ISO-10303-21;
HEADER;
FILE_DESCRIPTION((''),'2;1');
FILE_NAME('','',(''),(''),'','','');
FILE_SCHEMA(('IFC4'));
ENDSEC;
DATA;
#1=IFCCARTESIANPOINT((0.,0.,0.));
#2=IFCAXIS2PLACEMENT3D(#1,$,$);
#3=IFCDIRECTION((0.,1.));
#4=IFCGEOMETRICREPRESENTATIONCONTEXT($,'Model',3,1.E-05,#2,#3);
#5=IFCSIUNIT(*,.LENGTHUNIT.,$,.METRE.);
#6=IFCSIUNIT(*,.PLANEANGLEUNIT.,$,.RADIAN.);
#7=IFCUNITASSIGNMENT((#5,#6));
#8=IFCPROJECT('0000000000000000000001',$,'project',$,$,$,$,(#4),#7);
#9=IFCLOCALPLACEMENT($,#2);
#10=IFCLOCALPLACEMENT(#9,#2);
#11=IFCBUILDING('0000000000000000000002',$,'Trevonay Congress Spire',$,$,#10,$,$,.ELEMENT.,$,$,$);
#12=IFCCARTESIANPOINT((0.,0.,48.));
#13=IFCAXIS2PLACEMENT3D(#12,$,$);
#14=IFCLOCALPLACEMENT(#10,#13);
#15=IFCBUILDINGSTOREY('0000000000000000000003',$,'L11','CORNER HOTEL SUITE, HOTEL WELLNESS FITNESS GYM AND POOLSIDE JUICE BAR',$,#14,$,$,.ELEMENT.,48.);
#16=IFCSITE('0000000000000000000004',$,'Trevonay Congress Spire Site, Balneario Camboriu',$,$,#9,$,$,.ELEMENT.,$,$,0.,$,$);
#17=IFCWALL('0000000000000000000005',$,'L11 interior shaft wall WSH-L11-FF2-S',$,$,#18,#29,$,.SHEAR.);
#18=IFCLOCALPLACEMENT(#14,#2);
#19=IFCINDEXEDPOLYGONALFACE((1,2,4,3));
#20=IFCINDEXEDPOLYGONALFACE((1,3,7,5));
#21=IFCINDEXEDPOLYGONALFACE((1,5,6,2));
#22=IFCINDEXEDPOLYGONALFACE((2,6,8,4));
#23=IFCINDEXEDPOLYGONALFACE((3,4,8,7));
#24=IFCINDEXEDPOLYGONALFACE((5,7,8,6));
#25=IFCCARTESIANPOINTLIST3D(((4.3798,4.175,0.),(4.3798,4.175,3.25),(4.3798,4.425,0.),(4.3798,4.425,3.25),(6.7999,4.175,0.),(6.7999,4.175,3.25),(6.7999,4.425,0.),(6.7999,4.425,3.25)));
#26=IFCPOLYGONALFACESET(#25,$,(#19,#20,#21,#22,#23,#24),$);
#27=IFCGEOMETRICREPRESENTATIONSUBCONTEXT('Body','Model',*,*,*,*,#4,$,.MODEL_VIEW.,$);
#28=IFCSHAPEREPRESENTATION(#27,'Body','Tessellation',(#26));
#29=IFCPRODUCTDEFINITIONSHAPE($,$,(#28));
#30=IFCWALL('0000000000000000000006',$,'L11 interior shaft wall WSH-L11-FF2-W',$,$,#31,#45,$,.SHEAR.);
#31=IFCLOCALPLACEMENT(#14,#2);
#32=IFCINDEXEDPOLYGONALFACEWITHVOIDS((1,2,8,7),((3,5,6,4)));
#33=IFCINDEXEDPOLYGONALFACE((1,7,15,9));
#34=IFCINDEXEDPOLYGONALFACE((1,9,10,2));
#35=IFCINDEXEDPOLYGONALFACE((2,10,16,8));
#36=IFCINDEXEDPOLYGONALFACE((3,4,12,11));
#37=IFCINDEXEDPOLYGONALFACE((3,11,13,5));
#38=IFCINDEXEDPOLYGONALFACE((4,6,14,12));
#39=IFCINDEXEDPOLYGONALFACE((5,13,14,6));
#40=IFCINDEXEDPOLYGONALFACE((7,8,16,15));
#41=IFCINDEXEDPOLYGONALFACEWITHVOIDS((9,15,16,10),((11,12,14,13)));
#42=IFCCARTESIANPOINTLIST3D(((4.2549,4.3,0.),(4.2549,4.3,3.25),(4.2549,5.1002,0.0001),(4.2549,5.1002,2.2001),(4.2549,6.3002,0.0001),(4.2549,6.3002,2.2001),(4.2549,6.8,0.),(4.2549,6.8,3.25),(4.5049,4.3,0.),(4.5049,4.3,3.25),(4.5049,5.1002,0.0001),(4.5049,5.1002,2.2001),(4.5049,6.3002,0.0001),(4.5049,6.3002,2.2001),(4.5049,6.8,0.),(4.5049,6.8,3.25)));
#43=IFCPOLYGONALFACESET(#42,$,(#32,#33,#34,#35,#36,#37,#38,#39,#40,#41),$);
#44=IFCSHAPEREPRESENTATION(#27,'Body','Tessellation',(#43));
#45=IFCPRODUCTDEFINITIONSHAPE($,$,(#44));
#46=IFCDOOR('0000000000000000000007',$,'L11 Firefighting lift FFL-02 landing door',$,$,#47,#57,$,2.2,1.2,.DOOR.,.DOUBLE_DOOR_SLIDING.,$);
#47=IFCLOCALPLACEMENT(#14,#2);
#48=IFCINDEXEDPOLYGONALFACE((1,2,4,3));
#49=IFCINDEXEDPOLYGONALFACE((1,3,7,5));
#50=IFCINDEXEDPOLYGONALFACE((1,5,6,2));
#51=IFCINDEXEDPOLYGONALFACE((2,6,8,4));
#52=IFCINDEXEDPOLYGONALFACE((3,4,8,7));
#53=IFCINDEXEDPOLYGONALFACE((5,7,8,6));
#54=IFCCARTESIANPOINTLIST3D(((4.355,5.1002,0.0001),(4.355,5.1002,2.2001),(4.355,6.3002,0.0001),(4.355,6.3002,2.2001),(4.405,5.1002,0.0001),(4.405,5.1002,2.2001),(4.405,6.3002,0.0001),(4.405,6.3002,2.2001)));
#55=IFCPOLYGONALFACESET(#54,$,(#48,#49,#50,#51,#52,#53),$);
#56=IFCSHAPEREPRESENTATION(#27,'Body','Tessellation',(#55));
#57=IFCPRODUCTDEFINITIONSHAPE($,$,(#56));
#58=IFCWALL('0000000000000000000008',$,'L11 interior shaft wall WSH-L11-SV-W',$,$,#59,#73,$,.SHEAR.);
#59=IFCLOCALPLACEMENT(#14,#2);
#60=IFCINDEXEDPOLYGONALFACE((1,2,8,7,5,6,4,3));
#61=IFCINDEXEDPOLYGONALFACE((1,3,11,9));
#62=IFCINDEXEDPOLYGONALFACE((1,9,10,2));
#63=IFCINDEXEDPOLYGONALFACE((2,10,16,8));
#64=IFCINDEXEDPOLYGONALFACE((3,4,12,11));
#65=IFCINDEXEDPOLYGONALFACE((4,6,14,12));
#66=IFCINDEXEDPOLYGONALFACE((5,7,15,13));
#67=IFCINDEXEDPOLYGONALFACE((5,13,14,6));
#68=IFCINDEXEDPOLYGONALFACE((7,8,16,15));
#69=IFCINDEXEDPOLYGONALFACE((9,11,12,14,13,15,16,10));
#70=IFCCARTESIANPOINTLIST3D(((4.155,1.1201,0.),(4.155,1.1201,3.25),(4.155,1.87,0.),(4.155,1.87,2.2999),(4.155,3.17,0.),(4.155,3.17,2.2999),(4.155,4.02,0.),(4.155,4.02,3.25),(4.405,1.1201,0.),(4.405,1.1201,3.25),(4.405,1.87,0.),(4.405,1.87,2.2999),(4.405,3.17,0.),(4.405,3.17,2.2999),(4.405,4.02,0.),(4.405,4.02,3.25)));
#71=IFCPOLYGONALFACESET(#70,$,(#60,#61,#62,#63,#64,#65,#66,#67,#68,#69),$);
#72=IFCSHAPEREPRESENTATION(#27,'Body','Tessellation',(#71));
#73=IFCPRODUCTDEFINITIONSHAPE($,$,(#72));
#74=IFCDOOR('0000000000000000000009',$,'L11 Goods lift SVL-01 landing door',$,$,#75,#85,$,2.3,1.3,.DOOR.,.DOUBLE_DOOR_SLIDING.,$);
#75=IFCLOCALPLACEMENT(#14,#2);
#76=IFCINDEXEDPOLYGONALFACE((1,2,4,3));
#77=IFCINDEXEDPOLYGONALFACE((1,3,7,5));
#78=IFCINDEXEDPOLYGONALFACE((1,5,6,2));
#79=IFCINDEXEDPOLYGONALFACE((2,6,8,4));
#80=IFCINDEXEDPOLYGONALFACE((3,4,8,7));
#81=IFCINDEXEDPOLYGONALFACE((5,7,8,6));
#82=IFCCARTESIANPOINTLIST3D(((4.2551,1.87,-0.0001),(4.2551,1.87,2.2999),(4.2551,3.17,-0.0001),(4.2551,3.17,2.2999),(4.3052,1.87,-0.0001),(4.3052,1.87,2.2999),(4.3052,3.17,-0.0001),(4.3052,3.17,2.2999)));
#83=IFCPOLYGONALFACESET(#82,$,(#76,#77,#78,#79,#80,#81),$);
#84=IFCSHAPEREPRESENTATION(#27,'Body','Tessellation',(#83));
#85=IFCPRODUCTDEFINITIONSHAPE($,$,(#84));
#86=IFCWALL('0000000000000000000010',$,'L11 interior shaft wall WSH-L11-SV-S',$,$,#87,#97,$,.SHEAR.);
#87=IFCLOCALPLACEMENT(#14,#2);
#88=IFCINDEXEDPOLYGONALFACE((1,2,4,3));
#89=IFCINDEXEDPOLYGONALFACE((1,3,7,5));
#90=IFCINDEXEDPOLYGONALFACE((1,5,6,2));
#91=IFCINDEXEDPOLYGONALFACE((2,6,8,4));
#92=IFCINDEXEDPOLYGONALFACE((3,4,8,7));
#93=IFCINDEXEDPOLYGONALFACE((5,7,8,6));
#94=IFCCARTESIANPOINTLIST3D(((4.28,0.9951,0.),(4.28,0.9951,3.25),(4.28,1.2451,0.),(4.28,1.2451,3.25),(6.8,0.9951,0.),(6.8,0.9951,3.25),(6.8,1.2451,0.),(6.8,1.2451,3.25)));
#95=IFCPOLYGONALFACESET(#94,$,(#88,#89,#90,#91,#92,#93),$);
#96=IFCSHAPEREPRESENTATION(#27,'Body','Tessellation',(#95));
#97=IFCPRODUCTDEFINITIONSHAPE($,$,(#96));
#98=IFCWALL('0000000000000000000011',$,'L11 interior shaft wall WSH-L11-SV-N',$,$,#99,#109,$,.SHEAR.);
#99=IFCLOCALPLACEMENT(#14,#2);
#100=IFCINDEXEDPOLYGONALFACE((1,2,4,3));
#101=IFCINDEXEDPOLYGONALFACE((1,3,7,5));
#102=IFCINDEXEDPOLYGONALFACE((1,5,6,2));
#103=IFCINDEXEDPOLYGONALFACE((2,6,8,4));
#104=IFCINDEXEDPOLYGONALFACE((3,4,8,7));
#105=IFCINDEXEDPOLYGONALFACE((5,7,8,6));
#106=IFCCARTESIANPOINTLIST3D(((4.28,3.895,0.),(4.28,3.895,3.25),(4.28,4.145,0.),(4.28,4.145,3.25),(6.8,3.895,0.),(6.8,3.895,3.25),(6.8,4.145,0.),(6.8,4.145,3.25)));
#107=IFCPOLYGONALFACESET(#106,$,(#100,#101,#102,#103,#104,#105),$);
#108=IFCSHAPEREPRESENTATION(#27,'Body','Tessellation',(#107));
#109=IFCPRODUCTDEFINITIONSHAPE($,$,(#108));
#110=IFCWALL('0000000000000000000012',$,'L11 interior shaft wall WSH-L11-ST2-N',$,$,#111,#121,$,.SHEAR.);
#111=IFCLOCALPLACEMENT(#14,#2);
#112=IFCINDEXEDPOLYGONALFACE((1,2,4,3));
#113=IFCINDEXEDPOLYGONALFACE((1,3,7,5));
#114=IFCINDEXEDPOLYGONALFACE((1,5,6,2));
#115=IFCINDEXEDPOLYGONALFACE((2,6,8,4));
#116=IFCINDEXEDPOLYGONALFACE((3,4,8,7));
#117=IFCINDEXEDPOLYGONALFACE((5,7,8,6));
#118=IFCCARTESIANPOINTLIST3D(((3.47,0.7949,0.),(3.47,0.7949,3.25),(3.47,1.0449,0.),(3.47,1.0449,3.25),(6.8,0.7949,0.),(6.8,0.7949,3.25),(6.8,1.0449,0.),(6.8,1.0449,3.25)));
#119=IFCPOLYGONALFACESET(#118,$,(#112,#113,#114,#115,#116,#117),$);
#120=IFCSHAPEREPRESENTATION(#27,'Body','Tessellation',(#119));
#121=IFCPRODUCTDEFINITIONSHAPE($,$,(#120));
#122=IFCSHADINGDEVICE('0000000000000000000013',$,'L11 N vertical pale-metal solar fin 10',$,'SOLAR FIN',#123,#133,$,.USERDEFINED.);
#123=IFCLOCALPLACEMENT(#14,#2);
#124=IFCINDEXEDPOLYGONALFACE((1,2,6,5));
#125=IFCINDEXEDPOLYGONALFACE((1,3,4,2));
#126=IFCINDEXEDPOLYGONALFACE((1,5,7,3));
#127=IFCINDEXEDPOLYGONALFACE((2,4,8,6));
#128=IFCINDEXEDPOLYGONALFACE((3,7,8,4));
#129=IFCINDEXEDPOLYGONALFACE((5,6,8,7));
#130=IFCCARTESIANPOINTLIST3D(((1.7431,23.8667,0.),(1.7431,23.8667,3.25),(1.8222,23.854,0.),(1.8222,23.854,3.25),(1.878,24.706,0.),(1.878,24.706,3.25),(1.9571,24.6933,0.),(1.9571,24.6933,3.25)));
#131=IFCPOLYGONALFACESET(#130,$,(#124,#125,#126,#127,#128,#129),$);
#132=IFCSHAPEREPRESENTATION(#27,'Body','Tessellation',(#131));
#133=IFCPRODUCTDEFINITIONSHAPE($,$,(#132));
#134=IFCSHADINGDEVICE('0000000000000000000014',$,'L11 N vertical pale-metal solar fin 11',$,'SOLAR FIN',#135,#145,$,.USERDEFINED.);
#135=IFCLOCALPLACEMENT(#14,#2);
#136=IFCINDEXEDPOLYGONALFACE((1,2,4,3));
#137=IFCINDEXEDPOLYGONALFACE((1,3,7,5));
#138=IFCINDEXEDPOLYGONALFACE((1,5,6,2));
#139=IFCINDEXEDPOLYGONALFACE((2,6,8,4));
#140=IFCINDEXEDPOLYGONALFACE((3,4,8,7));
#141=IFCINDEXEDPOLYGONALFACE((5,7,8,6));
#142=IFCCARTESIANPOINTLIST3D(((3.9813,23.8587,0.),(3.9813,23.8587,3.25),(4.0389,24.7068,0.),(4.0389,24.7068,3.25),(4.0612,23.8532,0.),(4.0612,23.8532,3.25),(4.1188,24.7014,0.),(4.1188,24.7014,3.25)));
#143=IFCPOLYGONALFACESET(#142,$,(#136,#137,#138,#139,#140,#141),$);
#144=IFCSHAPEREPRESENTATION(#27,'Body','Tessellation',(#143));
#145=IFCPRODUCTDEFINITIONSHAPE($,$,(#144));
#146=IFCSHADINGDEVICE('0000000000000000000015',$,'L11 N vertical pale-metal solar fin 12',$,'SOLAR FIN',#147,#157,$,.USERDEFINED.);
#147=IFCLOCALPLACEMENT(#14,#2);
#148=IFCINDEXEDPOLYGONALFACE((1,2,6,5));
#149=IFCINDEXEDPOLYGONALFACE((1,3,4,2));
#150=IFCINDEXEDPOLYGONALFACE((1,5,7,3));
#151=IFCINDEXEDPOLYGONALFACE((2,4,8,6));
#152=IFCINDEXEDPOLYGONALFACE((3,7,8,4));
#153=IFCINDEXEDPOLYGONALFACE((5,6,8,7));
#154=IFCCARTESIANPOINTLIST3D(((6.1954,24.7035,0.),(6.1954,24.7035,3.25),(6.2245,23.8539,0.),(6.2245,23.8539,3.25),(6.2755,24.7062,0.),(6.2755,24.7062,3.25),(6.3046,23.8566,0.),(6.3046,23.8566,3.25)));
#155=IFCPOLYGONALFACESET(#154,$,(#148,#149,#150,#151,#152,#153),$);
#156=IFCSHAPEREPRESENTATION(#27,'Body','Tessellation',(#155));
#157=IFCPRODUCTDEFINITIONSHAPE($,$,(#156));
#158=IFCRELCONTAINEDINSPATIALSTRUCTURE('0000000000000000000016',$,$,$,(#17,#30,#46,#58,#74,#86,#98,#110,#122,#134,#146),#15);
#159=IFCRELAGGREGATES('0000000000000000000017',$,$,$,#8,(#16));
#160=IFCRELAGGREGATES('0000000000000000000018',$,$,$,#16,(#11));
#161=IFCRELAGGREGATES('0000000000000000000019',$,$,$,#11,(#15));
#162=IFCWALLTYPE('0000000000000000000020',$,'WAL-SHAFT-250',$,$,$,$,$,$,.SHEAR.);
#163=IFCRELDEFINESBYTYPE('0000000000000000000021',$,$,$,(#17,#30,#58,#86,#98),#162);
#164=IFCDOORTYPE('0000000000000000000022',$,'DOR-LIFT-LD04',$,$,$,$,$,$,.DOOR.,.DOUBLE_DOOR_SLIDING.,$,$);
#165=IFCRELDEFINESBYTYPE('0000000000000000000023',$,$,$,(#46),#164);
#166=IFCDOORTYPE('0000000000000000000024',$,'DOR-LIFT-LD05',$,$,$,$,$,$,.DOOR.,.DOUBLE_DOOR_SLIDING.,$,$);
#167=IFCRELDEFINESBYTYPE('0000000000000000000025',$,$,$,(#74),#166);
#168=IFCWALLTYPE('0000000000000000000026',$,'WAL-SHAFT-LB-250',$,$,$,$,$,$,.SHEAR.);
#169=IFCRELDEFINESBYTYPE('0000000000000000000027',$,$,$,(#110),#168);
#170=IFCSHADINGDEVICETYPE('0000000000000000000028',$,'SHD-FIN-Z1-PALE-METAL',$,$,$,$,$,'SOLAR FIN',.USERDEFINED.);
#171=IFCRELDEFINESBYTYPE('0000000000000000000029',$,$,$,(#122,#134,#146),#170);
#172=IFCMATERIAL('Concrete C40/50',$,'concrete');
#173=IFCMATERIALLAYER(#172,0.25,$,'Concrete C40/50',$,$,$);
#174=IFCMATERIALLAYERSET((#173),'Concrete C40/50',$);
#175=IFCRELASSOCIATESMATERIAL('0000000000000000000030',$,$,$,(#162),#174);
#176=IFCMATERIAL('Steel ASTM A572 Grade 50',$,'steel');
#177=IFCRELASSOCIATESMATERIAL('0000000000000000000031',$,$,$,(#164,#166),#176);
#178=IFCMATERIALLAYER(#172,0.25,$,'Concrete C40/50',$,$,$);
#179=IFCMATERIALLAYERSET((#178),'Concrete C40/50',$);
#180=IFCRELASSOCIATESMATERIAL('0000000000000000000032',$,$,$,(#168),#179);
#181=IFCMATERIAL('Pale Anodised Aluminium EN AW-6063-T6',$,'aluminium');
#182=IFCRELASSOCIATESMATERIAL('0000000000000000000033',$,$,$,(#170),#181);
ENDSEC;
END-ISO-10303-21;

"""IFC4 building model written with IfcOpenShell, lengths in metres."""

from ifc_helpers import new_model, si_unit, direction, frame, frame_2d, origin, origin_2d, place, context, subcontext, project, spatial, rectangle, extrude, material, layer, layer_set, type_object, element, fill, save


model = new_model("IFC4")

# Units and contexts
model_context = context("Model", 3, precision=1e-05, world=origin(), true_north=direction((0.0, 1.0)))
body_context = subcontext(model_context, "Body", "Model", "MODEL_VIEW")
ifc_project = project(units=[si_unit("LENGTHUNIT", "METRE"), si_unit("PLANEANGLEUNIT", "RADIAN")], contexts=[model_context])

# Site, building, storey
site_placement = place(None, origin())
site = spatial("IfcSite", under=ifc_project, at=site_placement, Name="Trevonay Congress Spire Site, Balneario Camboriu", CompositionType="ELEMENT", RefElevation=0.0)
building_placement = place(site_placement, origin())
building = spatial("IfcBuilding", under=site, at=building_placement, Name="Trevonay Congress Spire", CompositionType="ELEMENT")
storey_placement = place(building_placement, frame((0.0, 0.0, 48.0)))
storey = spatial("IfcBuildingStorey", under=building, at=storey_placement, Name="L11", Description="CORNER HOTEL SUITE, HOTEL WELLNESS FITNESS GYM AND POOLSIDE JUICE BAR", CompositionType="ELEMENT", Elevation=48.0)

# Shared definitions
ifc_material_1 = material(Name="Steel ASTM A572 Grade 50", Category="steel")

# Shared definitions
ifc_material_2 = material(Name="Pale Anodised Aluminium EN AW-6063-T6", Category="aluminium")

# Shared definitions
ifc_material_3 = material(Name="Concrete C40/50", Category="concrete")

# Wall
ifc_layer_1 = layer(ifc_material_3, 0.25, Name="Concrete C40/50")
ifc_layer_set_1 = layer_set([ifc_layer_1], Name="Concrete C40/50")
wall_type_1 = type_object("IfcWallType", Name="WAL-SHAFT-250", PredefinedType="SHEAR", material=ifc_layer_set_1)
wall_1_placement = place(storey_placement, frame((4.3799, 4.3, 0.0), z_axis=(0.0, 0.0, 1.0), x_axis=(1.0, 0.0, 0.0)))
element("IfcWall", 1, at=wall_1_placement, inside=storey, type_object=wall_type_1, Name="L11 interior shaft wall WSH-L11-FF2-S", PredefinedType="SHEAR", context=body_context, shape_type="SweptSolid", body=[
    extrude(rectangle(XDim=2.4202, YDim=0.25, at=frame_2d((1.21, 0.0))), origin(), (0.0, 0.0, 1.0), 3.25),
])

# Walls, openings, doors
wall_2_placement = place(storey_placement, frame((4.3799, 4.3, 0.0), z_axis=(0.0, 0.0, 1.0), x_axis=(0.0, 1.0, 0.0)))
wall_2 = element("IfcWall", 2, at=wall_2_placement, inside=storey, type_object=wall_type_1, Name="L11 interior shaft wall WSH-L11-FF2-W", PredefinedType="SHEAR", context=body_context, shape_type="SweptSolid", body=[
    extrude(rectangle(XDim=2.5, YDim=0.25, at=frame_2d((1.25, 0.0))), origin(), (0.0, 0.0, 1.0), 3.25),
])
opening_1_placement = place(wall_2_placement, frame((0.8, 0.0, 0.0)))
opening_1 = element("IfcOpeningElement", 3, at=opening_1_placement, cuts=wall_2, PredefinedType="OPENING", context=body_context, shape_type="SweptSolid", body=[
    extrude(rectangle(XDim=1.2, YDim=2.2, at=frame_2d((0.6001, 1.1001))), frame((0.0, 0.135, 0.0), z_axis=(0.0, -1.0, 0.0), x_axis=(1.0, 0.0, 0.0)), (0.0, 0.0, 1.0), 0.27),
])
door_type_1 = type_object("IfcDoorType", Name="DOR-LIFT-LD04", OperationType="DOUBLE_DOOR_SLIDING", PredefinedType="DOOR", material=ifc_material_1)
door_1_placement = place(opening_1_placement, origin())
door_1 = element("IfcDoor", 4, at=door_1_placement, inside=storey, type_object=door_type_1, Name="L11 Firefighting lift FFL-02 landing door", OperationType="DOUBLE_DOOR_SLIDING", OverallHeight=2.2, OverallWidth=1.2, PredefinedType="DOOR", context=body_context, shape_type="SweptSolid", body=[
    extrude(rectangle(XDim=1.2, YDim=2.2, at=frame_2d((0.6001, 1.1001))), frame((0.0, 0.0249, 0.0), z_axis=(0.0, -1.0, 0.0), x_axis=(1.0, 0.0, 0.0)), (0.0, 0.0, 1.0), 0.05),
])
fill(opening_1, door_1)
wall_3_placement = place(storey_placement, frame((4.28, 1.1201, 0.0), z_axis=(0.0, 0.0, 1.0), x_axis=(0.0, 1.0, 0.0)))
wall_3 = element("IfcWall", 5, at=wall_3_placement, inside=storey, type_object=wall_type_1, Name="L11 interior shaft wall WSH-L11-SV-W", PredefinedType="SHEAR", context=body_context, shape_type="SweptSolid", body=[
    extrude(rectangle(XDim=2.8999, YDim=0.25, at=frame_2d((1.45, 0.0))), origin(), (0.0, 0.0, 1.0), 3.25),
])
opening_2_placement = place(wall_3_placement, frame((0.75, 0.0, 0.0)))
opening_2 = element("IfcOpeningElement", 6, at=opening_2_placement, cuts=wall_3, PredefinedType="OPENING", context=body_context, shape_type="SweptSolid", body=[
    extrude(rectangle(XDim=1.3, YDim=2.3, at=frame_2d((0.6499, 1.1499))), frame((0.0, 0.135, 0.0), z_axis=(0.0, -1.0, 0.0), x_axis=(1.0, 0.0, 0.0)), (0.0, 0.0, 1.0), 0.27),
])
door_type_2 = type_object("IfcDoorType", Name="DOR-LIFT-LD05", OperationType="DOUBLE_DOOR_SLIDING", PredefinedType="DOOR", material=ifc_material_1)
door_2_placement = place(opening_2_placement, origin())
door_2 = element("IfcDoor", 7, at=door_2_placement, inside=storey, type_object=door_type_2, Name="L11 Goods lift SVL-01 landing door", OperationType="DOUBLE_DOOR_SLIDING", OverallHeight=2.3, OverallWidth=1.3, PredefinedType="DOOR", context=body_context, shape_type="SweptSolid", body=[
    extrude(rectangle(XDim=1.3, YDim=2.3, at=frame_2d((0.6499, 1.1499))), frame((0.0, 0.0249, 0.0), z_axis=(0.0, -1.0, 0.0), x_axis=(1.0, 0.0, 0.0)), (0.0, 0.0, 1.0), 0.05),
])
fill(opening_2, door_2)

# Walls
for number, where, z_axis, x_axis, name in (
    (8, (4.28, 1.1201, 0.0), (0.0, 0.0, 1.0), (1.0, 0.0, 0.0), "L11 interior shaft wall WSH-L11-SV-S"),
    (9, (4.28, 4.02, 0.0), (0.0, 0.0, 1.0), (1.0, 0.0, 0.0), "L11 interior shaft wall WSH-L11-SV-N"),
):
    element("IfcWall", number, at=place(storey_placement, frame(where, z_axis=z_axis, x_axis=x_axis)), inside=storey, type_object=wall_type_1, Name=name, PredefinedType="SHEAR", context=body_context, shape_type="SweptSolid", body=[
        extrude(rectangle(XDim=2.52, YDim=0.25, at=frame_2d((1.26, 0.0))), origin(), (0.0, 0.0, 1.0), 3.25),
    ])
ifc_layer_2 = layer(ifc_material_3, 0.25, Name="Concrete C40/50")
ifc_layer_set_2 = layer_set([ifc_layer_2], Name="Concrete C40/50")
wall_type_2 = type_object("IfcWallType", Name="WAL-SHAFT-LB-250", PredefinedType="SHEAR", material=ifc_layer_set_2)
wall_4_placement = place(storey_placement, frame((3.47, 0.9199, 0.0), z_axis=(0.0, 0.0, 1.0), x_axis=(1.0, 0.0, 0.0)))
element("IfcWall", 10, at=wall_4_placement, inside=storey, type_object=wall_type_2, Name="L11 interior shaft wall WSH-L11-ST2-N", PredefinedType="SHEAR", context=body_context, shape_type="SweptSolid", body=[
    extrude(rectangle(XDim=3.3301, YDim=0.25, at=frame_2d((1.665, 0.0))), origin(), (0.0, 0.0, 1.0), 3.25),
])

# Shading devices
shading_device_type = type_object("IfcShadingDeviceType", Name="SHD-FIN-Z1-PALE-METAL", ElementType="SOLAR FIN", PredefinedType="USERDEFINED", material=ifc_material_2)
for number, where, z_axis, x_axis, name in (
    (11, (1.8501, 24.28, 0.0), (0.0, 0.0, 1.0), (0.987331, -0.158675, 0.0), "L11 N vertical pale-metal solar fin 10"),
    (12, (4.05, 24.28, 0.0), (0.0, 0.0, 1.0), (0.997708, -0.067667, 0.0), "L11 N vertical pale-metal solar fin 11"),
    (13, (6.25, 24.28, 0.0), (0.0, 0.0, 1.0), (0.999415, 0.034202, 0.0), "L11 N vertical pale-metal solar fin 12"),
):
    element("IfcShadingDevice", number, at=place(storey_placement, frame(where, z_axis=z_axis, x_axis=x_axis)), inside=storey, type_object=shading_device_type, Name=name, ObjectType="SOLAR FIN", PredefinedType="USERDEFINED", context=body_context, shape_type="SweptSolid", body=[
        extrude(rectangle(XDim=0.0801, YDim=0.8501, at=origin_2d()), origin(), (0.0, 0.0, 1.0), 3.25),
    ])

save(model, "model.ifc")
